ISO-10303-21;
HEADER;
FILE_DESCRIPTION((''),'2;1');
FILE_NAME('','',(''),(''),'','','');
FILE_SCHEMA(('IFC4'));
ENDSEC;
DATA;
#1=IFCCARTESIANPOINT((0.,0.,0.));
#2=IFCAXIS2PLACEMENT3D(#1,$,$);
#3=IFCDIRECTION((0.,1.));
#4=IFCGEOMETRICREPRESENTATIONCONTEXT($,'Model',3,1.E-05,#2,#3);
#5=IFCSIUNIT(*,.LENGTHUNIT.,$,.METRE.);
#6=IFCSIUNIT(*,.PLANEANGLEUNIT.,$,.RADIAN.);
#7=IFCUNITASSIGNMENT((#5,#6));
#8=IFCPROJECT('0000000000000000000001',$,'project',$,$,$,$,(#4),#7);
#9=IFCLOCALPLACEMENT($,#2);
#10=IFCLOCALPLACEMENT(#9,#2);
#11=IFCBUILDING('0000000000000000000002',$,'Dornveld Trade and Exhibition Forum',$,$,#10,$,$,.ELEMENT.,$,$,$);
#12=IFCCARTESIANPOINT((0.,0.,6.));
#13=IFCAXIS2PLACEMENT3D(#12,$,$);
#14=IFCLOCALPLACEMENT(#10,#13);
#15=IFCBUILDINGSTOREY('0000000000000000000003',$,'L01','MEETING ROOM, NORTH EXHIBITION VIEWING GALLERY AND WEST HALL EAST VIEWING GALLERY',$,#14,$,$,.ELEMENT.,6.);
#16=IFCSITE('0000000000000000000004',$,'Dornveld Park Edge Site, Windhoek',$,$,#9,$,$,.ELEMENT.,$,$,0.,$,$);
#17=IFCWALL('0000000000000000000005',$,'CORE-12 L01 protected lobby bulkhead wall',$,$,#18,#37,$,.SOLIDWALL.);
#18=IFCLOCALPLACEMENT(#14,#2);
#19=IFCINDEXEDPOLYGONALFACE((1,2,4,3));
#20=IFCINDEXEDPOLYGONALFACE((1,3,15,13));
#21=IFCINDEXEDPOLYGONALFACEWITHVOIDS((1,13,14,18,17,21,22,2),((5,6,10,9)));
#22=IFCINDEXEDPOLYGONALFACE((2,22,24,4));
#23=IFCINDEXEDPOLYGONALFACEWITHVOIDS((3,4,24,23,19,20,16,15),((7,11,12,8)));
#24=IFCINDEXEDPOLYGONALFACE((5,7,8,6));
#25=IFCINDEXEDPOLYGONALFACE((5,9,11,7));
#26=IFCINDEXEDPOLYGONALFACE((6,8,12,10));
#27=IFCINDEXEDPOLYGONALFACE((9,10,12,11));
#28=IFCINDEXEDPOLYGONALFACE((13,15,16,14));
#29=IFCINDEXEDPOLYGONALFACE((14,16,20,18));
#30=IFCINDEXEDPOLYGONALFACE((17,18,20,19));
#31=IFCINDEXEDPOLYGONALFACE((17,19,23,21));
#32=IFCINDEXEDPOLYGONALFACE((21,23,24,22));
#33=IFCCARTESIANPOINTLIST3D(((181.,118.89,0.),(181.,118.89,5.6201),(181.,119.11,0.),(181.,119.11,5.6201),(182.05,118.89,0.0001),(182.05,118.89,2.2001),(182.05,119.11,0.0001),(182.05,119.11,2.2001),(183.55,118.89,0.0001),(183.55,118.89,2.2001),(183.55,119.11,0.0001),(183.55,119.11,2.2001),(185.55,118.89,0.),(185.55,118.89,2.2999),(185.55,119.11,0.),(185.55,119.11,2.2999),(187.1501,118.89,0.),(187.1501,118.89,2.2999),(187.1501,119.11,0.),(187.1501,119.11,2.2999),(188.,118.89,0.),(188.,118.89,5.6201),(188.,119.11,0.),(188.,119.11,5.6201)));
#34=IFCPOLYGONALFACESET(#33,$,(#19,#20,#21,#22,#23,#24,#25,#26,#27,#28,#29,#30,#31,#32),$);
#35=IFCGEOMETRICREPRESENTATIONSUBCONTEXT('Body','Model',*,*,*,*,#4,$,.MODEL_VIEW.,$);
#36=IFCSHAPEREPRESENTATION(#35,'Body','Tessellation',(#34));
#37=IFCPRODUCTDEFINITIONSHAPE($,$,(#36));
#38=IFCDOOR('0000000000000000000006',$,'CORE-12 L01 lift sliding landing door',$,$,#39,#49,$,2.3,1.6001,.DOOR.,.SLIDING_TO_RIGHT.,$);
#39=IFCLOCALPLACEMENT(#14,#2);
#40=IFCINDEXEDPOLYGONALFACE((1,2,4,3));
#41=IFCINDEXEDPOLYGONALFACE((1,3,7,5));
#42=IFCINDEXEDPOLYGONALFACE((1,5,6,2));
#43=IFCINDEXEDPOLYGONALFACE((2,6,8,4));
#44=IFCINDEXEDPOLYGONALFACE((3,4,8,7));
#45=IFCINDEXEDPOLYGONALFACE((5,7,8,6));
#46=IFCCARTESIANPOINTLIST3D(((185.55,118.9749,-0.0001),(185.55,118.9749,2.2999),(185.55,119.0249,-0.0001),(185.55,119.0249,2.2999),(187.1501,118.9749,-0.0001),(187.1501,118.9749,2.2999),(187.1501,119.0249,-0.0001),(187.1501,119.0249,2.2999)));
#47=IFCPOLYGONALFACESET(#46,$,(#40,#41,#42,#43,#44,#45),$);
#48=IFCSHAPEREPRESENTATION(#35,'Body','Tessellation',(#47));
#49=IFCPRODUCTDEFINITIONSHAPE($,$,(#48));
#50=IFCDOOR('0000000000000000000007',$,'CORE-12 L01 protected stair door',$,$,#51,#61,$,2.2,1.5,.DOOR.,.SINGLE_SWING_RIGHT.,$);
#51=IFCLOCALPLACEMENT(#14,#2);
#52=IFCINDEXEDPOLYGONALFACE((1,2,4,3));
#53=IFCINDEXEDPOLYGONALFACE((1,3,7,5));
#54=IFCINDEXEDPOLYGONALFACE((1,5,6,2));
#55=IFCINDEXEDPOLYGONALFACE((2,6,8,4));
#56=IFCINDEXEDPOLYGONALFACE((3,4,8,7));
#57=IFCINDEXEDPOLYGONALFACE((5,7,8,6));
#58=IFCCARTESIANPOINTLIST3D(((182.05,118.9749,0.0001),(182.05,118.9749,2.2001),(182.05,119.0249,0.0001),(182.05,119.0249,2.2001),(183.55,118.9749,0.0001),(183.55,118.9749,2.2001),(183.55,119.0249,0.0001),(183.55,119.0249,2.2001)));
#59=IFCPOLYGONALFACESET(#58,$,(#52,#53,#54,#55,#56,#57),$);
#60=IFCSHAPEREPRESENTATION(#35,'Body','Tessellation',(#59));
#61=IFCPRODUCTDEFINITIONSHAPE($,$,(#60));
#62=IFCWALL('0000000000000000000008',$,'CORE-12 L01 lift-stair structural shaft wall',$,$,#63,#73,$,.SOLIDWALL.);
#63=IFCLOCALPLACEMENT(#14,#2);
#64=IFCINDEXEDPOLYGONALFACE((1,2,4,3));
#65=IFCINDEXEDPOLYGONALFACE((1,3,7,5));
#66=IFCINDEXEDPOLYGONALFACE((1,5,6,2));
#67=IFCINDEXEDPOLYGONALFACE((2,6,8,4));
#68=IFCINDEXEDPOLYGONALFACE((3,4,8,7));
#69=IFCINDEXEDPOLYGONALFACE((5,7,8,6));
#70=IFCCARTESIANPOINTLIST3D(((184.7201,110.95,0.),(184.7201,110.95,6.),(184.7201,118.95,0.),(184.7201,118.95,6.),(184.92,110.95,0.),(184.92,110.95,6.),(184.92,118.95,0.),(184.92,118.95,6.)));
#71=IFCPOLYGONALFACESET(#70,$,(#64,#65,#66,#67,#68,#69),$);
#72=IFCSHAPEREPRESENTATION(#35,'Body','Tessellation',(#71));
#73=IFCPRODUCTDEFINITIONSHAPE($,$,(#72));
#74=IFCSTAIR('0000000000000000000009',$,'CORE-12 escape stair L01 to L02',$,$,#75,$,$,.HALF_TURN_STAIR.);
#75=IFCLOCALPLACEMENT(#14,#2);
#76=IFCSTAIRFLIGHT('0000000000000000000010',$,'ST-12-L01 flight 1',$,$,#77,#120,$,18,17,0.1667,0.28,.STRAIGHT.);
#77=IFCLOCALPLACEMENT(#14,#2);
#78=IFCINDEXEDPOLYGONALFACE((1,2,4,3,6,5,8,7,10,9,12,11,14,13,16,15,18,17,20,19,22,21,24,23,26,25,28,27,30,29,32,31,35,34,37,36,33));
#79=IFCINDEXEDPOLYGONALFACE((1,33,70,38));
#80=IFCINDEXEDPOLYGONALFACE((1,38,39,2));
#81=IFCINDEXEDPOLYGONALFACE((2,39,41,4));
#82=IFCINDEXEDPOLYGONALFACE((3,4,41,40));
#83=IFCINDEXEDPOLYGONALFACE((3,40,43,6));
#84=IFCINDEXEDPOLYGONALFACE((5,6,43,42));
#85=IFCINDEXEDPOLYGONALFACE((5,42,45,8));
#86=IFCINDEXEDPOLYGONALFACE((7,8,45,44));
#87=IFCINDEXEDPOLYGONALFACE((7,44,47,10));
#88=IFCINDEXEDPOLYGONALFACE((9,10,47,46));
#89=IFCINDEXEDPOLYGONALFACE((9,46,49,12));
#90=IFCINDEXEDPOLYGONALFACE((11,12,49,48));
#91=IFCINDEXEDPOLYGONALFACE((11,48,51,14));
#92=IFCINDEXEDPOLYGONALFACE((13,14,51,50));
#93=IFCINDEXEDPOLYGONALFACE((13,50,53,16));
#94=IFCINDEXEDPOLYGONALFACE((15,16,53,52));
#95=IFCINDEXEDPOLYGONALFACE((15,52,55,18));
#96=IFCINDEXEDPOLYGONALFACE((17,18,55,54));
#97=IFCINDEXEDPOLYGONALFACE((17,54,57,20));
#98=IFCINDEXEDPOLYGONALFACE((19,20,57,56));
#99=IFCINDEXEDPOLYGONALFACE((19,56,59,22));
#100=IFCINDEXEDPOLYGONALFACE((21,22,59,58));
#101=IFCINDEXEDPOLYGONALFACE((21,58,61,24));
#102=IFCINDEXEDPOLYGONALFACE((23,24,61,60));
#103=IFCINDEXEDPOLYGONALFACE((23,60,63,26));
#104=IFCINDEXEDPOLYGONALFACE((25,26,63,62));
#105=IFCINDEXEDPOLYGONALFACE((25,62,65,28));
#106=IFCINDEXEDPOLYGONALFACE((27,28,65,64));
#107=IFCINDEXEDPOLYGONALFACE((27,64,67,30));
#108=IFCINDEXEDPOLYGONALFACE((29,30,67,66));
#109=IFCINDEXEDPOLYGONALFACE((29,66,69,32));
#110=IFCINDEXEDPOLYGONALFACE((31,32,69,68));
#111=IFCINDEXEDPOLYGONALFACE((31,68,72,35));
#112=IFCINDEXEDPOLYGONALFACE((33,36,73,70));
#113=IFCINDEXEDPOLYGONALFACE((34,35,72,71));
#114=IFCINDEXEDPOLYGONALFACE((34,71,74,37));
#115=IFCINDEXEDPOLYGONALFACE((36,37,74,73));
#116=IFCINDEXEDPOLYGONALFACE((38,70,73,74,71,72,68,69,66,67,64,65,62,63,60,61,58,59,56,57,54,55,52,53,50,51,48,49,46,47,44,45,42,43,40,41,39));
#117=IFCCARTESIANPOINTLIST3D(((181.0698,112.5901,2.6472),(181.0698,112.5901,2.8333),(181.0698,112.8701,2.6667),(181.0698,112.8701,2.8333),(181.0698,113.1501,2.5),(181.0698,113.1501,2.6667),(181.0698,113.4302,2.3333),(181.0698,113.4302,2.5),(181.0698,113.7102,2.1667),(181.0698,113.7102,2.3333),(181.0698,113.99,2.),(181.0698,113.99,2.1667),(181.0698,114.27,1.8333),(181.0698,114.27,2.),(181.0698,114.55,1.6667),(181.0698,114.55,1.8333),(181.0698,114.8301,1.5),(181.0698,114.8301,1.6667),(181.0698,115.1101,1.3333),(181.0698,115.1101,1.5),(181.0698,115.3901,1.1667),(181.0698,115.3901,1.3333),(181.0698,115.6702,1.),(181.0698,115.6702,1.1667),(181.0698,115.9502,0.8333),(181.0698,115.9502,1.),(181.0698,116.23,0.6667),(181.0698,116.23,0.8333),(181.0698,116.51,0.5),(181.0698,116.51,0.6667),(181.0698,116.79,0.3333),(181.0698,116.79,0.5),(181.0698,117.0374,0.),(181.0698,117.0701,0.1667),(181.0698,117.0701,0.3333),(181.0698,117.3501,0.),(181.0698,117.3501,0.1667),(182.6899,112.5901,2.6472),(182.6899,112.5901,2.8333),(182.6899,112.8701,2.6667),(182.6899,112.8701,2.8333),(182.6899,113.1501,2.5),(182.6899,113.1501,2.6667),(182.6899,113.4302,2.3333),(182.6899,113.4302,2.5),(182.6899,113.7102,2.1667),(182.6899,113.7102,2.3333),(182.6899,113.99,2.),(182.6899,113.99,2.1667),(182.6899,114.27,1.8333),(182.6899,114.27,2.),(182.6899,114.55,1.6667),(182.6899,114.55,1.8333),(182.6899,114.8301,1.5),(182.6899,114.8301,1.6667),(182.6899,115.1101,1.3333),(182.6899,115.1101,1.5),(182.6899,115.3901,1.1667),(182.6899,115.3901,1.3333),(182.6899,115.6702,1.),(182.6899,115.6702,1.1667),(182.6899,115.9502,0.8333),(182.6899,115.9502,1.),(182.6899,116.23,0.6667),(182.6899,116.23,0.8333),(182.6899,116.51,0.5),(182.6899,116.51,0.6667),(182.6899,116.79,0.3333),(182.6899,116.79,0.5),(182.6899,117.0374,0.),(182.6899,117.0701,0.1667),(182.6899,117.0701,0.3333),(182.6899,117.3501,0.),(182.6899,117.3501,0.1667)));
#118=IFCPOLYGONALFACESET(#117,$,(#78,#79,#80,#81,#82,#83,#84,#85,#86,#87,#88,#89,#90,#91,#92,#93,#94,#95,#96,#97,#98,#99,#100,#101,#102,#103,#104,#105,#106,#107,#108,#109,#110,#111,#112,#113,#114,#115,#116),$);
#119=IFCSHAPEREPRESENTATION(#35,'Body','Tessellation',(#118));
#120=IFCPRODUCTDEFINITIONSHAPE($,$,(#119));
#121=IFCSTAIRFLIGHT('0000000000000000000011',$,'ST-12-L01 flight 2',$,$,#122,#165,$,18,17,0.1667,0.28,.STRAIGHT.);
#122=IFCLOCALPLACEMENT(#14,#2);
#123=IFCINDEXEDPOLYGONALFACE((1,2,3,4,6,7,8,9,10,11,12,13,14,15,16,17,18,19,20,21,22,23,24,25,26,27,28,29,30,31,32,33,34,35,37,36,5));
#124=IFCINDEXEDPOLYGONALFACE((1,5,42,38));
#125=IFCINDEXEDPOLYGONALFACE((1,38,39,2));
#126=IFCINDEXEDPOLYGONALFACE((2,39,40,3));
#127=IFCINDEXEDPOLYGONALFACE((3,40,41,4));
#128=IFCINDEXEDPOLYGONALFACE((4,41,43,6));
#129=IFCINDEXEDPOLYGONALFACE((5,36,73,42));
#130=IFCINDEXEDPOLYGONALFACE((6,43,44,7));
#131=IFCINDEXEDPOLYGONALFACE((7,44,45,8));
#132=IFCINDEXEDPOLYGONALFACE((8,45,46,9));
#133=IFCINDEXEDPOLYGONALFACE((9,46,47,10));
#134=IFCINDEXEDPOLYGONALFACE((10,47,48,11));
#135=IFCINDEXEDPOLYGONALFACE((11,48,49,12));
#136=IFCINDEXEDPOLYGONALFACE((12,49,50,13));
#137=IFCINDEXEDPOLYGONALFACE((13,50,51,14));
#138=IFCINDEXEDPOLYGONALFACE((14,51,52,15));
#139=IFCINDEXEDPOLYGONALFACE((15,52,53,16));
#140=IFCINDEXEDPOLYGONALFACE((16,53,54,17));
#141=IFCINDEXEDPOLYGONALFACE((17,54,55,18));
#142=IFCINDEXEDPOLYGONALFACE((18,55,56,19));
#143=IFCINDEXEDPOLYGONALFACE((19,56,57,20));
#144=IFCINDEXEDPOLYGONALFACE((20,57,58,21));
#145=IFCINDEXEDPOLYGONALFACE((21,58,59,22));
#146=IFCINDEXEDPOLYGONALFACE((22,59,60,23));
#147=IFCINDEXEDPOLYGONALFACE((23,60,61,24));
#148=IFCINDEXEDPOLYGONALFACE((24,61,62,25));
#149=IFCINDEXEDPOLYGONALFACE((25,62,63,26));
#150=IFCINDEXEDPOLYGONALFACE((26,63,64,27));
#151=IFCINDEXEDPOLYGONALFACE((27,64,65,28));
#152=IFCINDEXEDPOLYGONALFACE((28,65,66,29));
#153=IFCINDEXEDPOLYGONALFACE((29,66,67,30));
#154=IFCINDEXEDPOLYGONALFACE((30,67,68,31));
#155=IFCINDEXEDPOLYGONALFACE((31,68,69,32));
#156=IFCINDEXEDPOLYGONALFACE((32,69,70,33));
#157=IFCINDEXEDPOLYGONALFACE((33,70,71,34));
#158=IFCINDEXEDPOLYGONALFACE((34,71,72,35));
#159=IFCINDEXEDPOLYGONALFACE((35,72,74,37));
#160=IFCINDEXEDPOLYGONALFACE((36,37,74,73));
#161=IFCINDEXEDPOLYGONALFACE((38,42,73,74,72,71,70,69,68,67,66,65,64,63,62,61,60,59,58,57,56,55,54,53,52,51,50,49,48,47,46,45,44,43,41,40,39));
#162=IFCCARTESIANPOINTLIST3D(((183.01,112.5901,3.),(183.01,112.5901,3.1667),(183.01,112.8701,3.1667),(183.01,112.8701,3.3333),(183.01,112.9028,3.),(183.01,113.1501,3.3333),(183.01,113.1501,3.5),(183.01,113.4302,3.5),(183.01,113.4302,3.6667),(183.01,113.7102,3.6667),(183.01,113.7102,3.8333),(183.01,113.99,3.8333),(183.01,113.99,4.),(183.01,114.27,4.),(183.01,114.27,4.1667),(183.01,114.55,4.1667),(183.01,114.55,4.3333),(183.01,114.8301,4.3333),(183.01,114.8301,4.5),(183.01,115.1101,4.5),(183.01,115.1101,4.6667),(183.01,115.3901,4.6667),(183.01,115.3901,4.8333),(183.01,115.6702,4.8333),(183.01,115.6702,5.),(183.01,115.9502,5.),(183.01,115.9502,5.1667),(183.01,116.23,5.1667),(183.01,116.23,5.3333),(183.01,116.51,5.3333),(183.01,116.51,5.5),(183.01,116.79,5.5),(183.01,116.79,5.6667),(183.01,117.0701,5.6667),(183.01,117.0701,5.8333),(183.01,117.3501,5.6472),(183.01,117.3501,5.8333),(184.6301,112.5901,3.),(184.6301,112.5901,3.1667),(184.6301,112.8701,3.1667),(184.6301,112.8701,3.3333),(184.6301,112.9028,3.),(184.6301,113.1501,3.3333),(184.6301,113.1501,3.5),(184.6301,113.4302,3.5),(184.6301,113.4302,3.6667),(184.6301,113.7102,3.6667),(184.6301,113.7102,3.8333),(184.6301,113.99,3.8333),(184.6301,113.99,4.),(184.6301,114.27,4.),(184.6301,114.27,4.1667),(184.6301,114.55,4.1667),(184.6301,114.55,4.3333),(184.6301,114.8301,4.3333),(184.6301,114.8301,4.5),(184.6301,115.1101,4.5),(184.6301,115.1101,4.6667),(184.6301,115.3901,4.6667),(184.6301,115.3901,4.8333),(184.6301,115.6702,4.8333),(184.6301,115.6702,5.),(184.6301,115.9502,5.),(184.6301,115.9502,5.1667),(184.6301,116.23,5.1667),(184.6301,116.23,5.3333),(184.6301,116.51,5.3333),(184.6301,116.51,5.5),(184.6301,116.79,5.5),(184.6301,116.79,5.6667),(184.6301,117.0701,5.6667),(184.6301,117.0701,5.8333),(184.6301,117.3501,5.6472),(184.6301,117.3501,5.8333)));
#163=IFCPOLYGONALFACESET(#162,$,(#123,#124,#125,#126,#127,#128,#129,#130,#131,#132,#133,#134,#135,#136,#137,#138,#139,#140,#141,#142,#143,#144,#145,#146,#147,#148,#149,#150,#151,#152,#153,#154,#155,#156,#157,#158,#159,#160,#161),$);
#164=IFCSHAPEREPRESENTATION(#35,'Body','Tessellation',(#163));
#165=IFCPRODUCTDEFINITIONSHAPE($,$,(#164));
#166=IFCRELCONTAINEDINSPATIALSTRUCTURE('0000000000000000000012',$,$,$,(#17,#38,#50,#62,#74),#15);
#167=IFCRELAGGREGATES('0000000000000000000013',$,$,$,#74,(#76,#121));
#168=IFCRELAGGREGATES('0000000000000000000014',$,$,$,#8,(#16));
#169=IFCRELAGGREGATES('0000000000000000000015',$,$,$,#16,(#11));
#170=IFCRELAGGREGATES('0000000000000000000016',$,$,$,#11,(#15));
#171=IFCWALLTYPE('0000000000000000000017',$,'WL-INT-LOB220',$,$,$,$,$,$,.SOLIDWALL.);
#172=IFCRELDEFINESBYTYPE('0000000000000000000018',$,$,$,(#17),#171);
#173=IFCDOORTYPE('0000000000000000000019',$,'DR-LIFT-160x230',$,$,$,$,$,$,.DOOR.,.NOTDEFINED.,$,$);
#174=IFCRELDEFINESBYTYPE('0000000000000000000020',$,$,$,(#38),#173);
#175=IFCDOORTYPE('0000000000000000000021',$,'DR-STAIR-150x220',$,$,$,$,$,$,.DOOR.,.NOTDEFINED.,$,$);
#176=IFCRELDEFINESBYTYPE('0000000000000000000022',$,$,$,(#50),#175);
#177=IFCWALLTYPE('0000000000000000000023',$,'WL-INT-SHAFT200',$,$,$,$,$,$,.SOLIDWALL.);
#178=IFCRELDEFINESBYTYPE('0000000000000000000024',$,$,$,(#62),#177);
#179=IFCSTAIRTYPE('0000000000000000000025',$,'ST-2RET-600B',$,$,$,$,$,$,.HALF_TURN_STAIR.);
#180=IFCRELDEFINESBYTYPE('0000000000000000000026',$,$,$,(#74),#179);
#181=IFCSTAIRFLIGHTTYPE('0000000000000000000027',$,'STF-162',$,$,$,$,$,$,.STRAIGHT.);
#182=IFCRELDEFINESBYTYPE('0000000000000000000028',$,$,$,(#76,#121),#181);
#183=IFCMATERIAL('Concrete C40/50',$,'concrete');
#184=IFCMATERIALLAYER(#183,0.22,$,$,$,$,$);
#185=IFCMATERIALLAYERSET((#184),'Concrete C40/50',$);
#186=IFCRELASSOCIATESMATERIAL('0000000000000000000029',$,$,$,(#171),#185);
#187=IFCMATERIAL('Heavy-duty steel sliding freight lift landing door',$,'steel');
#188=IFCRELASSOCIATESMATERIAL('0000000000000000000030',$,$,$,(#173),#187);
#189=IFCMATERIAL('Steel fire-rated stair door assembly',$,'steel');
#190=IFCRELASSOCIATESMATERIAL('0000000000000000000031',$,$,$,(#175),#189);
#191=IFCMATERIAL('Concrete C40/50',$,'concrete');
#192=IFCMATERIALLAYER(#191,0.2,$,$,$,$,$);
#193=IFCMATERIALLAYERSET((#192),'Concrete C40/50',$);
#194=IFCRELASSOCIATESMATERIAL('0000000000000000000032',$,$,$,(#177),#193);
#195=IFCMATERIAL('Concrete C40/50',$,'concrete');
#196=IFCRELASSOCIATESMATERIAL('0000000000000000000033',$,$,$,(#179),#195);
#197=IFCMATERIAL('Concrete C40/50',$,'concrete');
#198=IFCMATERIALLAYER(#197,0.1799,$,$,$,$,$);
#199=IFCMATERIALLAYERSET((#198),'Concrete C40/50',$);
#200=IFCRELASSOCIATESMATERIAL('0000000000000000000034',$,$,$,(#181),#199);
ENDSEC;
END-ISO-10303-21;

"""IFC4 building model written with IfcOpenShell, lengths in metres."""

from ifc_helpers import new_model, si_unit, direction, frame, frame_2d, origin, place, context, subcontext, project, spatial, polyline, rectangle, outline, extrude, material, layer, layer_set, type_object, element, fill, aggregate, save


model = new_model("IFC4")

# Units and contexts
model_context = context("Model", 3, precision=1e-05, world=origin(), true_north=direction((0.0, 1.0)))
body_context = subcontext(model_context, "Body", "Model", "MODEL_VIEW")
ifc_project = project(units=[si_unit("LENGTHUNIT", "METRE"), si_unit("PLANEANGLEUNIT", "RADIAN")], contexts=[model_context])

# Site, building, storey
site_placement = place(None, origin())
site = spatial("IfcSite", under=ifc_project, at=site_placement, Name="Dornveld Park Edge Site, Windhoek", CompositionType="ELEMENT", RefElevation=0.0)
building_placement = place(site_placement, origin())
building = spatial("IfcBuilding", under=site, at=building_placement, Name="Dornveld Trade and Exhibition Forum", CompositionType="ELEMENT")
storey_placement = place(building_placement, frame((0.0, 0.0, 6.0)))
storey = spatial("IfcBuildingStorey", under=building, at=storey_placement, Name="L01", Description="MEETING ROOM, NORTH EXHIBITION VIEWING GALLERY AND WEST HALL EAST VIEWING GALLERY", CompositionType="ELEMENT", Elevation=6.0)

# Wall, openings, doors
ifc_material_1 = material(Name="Concrete C40/50", Category="concrete")
ifc_layer_1 = layer(ifc_material_1, 0.22)
ifc_layer_set_1 = layer_set([ifc_layer_1], Name="Concrete C40/50")
wall_type_1 = type_object("IfcWallType", Name="WL-INT-LOB220", PredefinedType="SOLIDWALL", material=ifc_layer_set_1)
wall_1_placement = place(storey_placement, frame((181.0, 119.0, 0.0), z_axis=(0.0, 0.0, 1.0), x_axis=(1.0, 0.0, 0.0)))
wall_1 = element("IfcWall", 1, at=wall_1_placement, inside=storey, type_object=wall_type_1, Name="CORE-12 L01 protected lobby bulkhead wall", PredefinedType="SOLIDWALL", context=body_context, shape_type="SweptSolid", body=[
    extrude(rectangle(XDim=7.0, YDim=0.22, at=frame_2d((3.5, 0.0))), origin(), (0.0, 0.0, 1.0), 5.6201),
])
opening_1_placement = place(wall_1_placement, frame((1.05, 0.0, 0.0)))
opening_1 = element("IfcOpeningElement", 2, at=opening_1_placement, cuts=wall_1, PredefinedType="OPENING", context=body_context, shape_type="SweptSolid", body=[
    extrude(rectangle(XDim=1.5, YDim=2.2, at=frame_2d((0.75, 1.1001))), frame((0.0, 0.1199, 0.0), z_axis=(0.0, -1.0, 0.0), x_axis=(1.0, 0.0, 0.0)), (0.0, 0.0, 1.0), 0.24),
])
opening_2_placement = place(wall_1_placement, frame((4.55, 0.0, 0.0)))
opening_2 = element("IfcOpeningElement", 3, at=opening_2_placement, cuts=wall_1, PredefinedType="OPENING", context=body_context, shape_type="SweptSolid", body=[
    extrude(rectangle(XDim=1.6001, YDim=2.3, at=frame_2d((0.8, 1.1499))), frame((0.0, 0.1199, 0.0), z_axis=(0.0, -1.0, 0.0), x_axis=(1.0, 0.0, 0.0)), (0.0, 0.0, 1.0), 0.24),
])
ifc_material_2 = material(Name="Heavy-duty steel sliding freight lift landing door", Category="steel")
door_type_1 = type_object("IfcDoorType", Name="DR-LIFT-160x230", OperationType="NOTDEFINED", PredefinedType="DOOR", material=ifc_material_2)
door_1_placement = place(opening_2_placement, origin())
door_1 = element("IfcDoor", 4, at=door_1_placement, inside=storey, type_object=door_type_1, Name="CORE-12 L01 lift sliding landing door", OperationType="SLIDING_TO_RIGHT", OverallHeight=2.3, OverallWidth=1.6001, PredefinedType="DOOR", context=body_context, shape_type="SweptSolid", body=[
    extrude(rectangle(XDim=1.6001, YDim=2.3, at=frame_2d((0.8, 1.1499))), frame((0.0, 0.0249, 0.0), z_axis=(0.0, -1.0, 0.0), x_axis=(1.0, 0.0, 0.0)), (0.0, 0.0, 1.0), 0.05),
])
fill(opening_2, door_1)
ifc_material_3 = material(Name="Steel fire-rated stair door assembly", Category="steel")
door_type_2 = type_object("IfcDoorType", Name="DR-STAIR-150x220", OperationType="NOTDEFINED", PredefinedType="DOOR", material=ifc_material_3)
door_2_placement = place(opening_1_placement, origin())
door_2 = element("IfcDoor", 5, at=door_2_placement, inside=storey, type_object=door_type_2, Name="CORE-12 L01 protected stair door", OperationType="SINGLE_SWING_RIGHT", OverallHeight=2.2, OverallWidth=1.5, PredefinedType="DOOR", context=body_context, shape_type="SweptSolid", body=[
    extrude(rectangle(XDim=1.5, YDim=2.2, at=frame_2d((0.75, 1.1001))), frame((0.0, 0.0249, 0.0), z_axis=(0.0, -1.0, 0.0), x_axis=(1.0, 0.0, 0.0)), (0.0, 0.0, 1.0), 0.05),
])
fill(opening_1, door_2)

# Wall
ifc_material_4 = material(Name="Concrete C40/50", Category="concrete")
ifc_layer_2 = layer(ifc_material_4, 0.2)
ifc_layer_set_2 = layer_set([ifc_layer_2], Name="Concrete C40/50")
wall_type_2 = type_object("IfcWallType", Name="WL-INT-SHAFT200", PredefinedType="SOLIDWALL", material=ifc_layer_set_2)
wall_2_placement = place(storey_placement, frame((184.8201, 110.95, 0.0), z_axis=(0.0, 0.0, 1.0), x_axis=(0.0, 1.0, 0.0)))
element("IfcWall", 6, at=wall_2_placement, inside=storey, type_object=wall_type_2, Name="CORE-12 L01 lift-stair structural shaft wall", PredefinedType="SOLIDWALL", context=body_context, shape_type="SweptSolid", body=[
    extrude(rectangle(XDim=8.0, YDim=0.2, at=frame_2d((4.0, 0.0))), origin(), (0.0, 0.0, 1.0), 6.0),
])

# Stair, stair flights
ifc_material_5 = material(Name="Concrete C40/50", Category="concrete")
stair_type = type_object("IfcStairType", Name="ST-2RET-600B", PredefinedType="HALF_TURN_STAIR", material=ifc_material_5)
stair_placement = place(storey_placement, origin())
stair = element("IfcStair", 7, at=stair_placement, inside=storey, type_object=stair_type, Name="CORE-12 escape stair L01 to L02", PredefinedType="HALF_TURN_STAIR")
ifc_material_6 = material(Name="Concrete C40/50", Category="concrete")
ifc_layer_3 = layer(ifc_material_6, 0.1799)
ifc_layer_set_3 = layer_set([ifc_layer_3], Name="Concrete C40/50")
stair_flight_type = type_object("IfcStairFlightType", Name="STF-162", PredefinedType="STRAIGHT", material=ifc_layer_set_3)
stair_flight_1_placement = place(storey_placement, frame((181.8799, 117.3501, 0.0), z_axis=(0.0, 0.0, 1.0), x_axis=(0.0, -1.0, 0.0)))
stair_flight_1 = element("IfcStairFlight", 8, at=stair_flight_1_placement, type_object=stair_flight_type, Name="ST-12-L01 flight 1", NumberOfRisers=18, NumberOfTreads=17, PredefinedType="STRAIGHT", RiserHeight=0.1667, TreadLength=0.28, context=body_context, shape_type="SweptSolid", body=[
    extrude(outline(polyline([(0.0, 0.0), (0.0, 0.1667), (0.28, 0.1667), (0.28, 0.3333), (0.5601, 0.3333), (0.5601, 0.5), (0.8401, 0.5), (0.8401, 0.6667), (1.1201, 0.6667), (1.1201, 0.8333), (1.3999, 0.8333), (1.3999, 1.0), (1.6799, 1.0), (1.6799, 1.1667), (1.96, 1.1667), (1.96, 1.3333), (2.24, 1.3333), (2.24, 1.5), (2.52, 1.5), (2.52, 1.6667), (2.8, 1.6667), (2.8, 1.8333), (3.0801, 1.8333), (3.0801, 2.0), (3.3601, 2.0), (3.3601, 2.1667), (3.6399, 2.1667), (3.6399, 2.3333), (3.9199, 2.3333), (3.9199, 2.5), (4.2, 2.5), (4.2, 2.6667), (4.48, 2.6667), (4.48, 2.8333), (4.76, 2.8333), (4.76, 3.0), (4.76, 2.6472), (0.3127, 0.0), (0.0, 0.0)])), frame((0.0, 0.8101, 0.0), z_axis=(0.0, -1.0, 0.0), x_axis=(1.0, 0.0, 0.0)), (0.0, 0.0, 1.0), 1.6201),
])
stair_flight_2_placement = place(storey_placement, frame((183.8201, 112.5901, 3.0), z_axis=(0.0, 0.0, 1.0), x_axis=(0.0, 1.0, 0.0)))
stair_flight_2 = element("IfcStairFlight", 9, at=stair_flight_2_placement, type_object=stair_flight_type, Name="ST-12-L01 flight 2", NumberOfRisers=18, NumberOfTreads=17, PredefinedType="STRAIGHT", RiserHeight=0.1667, TreadLength=0.28, context=body_context, shape_type="SweptSolid", body=[
    extrude(outline(polyline([(0.0, 0.0), (0.0, 0.1667), (0.28, 0.1667), (0.28, 0.3333), (0.5601, 0.3333), (0.5601, 0.5), (0.8401, 0.5), (0.8401, 0.6667), (1.1201, 0.6667), (1.1201, 0.8333), (1.3999, 0.8333), (1.3999, 1.0), (1.6799, 1.0), (1.6799, 1.1667), (1.96, 1.1667), (1.96, 1.3333), (2.24, 1.3333), (2.24, 1.5), (2.52, 1.5), (2.52, 1.6667), (2.8, 1.6667), (2.8, 1.8333), (3.0801, 1.8333), (3.0801, 2.0), (3.3601, 2.0), (3.3601, 2.1667), (3.6399, 2.1667), (3.6399, 2.3333), (3.9199, 2.3333), (3.9199, 2.5), (4.2, 2.5), (4.2, 2.6667), (4.48, 2.6667), (4.48, 2.8333), (4.76, 2.8333), (4.76, 3.0), (4.76, 2.6472), (0.3127, 0.0), (0.0, 0.0)])), frame((0.0, 0.8101, 0.0), z_axis=(0.0, -1.0, 0.0), x_axis=(1.0, 0.0, 0.0)), (0.0, 0.0, 1.0), 1.6201),
])
aggregate(stair, [stair_flight_1, stair_flight_2])

save(model, "model.ifc")
